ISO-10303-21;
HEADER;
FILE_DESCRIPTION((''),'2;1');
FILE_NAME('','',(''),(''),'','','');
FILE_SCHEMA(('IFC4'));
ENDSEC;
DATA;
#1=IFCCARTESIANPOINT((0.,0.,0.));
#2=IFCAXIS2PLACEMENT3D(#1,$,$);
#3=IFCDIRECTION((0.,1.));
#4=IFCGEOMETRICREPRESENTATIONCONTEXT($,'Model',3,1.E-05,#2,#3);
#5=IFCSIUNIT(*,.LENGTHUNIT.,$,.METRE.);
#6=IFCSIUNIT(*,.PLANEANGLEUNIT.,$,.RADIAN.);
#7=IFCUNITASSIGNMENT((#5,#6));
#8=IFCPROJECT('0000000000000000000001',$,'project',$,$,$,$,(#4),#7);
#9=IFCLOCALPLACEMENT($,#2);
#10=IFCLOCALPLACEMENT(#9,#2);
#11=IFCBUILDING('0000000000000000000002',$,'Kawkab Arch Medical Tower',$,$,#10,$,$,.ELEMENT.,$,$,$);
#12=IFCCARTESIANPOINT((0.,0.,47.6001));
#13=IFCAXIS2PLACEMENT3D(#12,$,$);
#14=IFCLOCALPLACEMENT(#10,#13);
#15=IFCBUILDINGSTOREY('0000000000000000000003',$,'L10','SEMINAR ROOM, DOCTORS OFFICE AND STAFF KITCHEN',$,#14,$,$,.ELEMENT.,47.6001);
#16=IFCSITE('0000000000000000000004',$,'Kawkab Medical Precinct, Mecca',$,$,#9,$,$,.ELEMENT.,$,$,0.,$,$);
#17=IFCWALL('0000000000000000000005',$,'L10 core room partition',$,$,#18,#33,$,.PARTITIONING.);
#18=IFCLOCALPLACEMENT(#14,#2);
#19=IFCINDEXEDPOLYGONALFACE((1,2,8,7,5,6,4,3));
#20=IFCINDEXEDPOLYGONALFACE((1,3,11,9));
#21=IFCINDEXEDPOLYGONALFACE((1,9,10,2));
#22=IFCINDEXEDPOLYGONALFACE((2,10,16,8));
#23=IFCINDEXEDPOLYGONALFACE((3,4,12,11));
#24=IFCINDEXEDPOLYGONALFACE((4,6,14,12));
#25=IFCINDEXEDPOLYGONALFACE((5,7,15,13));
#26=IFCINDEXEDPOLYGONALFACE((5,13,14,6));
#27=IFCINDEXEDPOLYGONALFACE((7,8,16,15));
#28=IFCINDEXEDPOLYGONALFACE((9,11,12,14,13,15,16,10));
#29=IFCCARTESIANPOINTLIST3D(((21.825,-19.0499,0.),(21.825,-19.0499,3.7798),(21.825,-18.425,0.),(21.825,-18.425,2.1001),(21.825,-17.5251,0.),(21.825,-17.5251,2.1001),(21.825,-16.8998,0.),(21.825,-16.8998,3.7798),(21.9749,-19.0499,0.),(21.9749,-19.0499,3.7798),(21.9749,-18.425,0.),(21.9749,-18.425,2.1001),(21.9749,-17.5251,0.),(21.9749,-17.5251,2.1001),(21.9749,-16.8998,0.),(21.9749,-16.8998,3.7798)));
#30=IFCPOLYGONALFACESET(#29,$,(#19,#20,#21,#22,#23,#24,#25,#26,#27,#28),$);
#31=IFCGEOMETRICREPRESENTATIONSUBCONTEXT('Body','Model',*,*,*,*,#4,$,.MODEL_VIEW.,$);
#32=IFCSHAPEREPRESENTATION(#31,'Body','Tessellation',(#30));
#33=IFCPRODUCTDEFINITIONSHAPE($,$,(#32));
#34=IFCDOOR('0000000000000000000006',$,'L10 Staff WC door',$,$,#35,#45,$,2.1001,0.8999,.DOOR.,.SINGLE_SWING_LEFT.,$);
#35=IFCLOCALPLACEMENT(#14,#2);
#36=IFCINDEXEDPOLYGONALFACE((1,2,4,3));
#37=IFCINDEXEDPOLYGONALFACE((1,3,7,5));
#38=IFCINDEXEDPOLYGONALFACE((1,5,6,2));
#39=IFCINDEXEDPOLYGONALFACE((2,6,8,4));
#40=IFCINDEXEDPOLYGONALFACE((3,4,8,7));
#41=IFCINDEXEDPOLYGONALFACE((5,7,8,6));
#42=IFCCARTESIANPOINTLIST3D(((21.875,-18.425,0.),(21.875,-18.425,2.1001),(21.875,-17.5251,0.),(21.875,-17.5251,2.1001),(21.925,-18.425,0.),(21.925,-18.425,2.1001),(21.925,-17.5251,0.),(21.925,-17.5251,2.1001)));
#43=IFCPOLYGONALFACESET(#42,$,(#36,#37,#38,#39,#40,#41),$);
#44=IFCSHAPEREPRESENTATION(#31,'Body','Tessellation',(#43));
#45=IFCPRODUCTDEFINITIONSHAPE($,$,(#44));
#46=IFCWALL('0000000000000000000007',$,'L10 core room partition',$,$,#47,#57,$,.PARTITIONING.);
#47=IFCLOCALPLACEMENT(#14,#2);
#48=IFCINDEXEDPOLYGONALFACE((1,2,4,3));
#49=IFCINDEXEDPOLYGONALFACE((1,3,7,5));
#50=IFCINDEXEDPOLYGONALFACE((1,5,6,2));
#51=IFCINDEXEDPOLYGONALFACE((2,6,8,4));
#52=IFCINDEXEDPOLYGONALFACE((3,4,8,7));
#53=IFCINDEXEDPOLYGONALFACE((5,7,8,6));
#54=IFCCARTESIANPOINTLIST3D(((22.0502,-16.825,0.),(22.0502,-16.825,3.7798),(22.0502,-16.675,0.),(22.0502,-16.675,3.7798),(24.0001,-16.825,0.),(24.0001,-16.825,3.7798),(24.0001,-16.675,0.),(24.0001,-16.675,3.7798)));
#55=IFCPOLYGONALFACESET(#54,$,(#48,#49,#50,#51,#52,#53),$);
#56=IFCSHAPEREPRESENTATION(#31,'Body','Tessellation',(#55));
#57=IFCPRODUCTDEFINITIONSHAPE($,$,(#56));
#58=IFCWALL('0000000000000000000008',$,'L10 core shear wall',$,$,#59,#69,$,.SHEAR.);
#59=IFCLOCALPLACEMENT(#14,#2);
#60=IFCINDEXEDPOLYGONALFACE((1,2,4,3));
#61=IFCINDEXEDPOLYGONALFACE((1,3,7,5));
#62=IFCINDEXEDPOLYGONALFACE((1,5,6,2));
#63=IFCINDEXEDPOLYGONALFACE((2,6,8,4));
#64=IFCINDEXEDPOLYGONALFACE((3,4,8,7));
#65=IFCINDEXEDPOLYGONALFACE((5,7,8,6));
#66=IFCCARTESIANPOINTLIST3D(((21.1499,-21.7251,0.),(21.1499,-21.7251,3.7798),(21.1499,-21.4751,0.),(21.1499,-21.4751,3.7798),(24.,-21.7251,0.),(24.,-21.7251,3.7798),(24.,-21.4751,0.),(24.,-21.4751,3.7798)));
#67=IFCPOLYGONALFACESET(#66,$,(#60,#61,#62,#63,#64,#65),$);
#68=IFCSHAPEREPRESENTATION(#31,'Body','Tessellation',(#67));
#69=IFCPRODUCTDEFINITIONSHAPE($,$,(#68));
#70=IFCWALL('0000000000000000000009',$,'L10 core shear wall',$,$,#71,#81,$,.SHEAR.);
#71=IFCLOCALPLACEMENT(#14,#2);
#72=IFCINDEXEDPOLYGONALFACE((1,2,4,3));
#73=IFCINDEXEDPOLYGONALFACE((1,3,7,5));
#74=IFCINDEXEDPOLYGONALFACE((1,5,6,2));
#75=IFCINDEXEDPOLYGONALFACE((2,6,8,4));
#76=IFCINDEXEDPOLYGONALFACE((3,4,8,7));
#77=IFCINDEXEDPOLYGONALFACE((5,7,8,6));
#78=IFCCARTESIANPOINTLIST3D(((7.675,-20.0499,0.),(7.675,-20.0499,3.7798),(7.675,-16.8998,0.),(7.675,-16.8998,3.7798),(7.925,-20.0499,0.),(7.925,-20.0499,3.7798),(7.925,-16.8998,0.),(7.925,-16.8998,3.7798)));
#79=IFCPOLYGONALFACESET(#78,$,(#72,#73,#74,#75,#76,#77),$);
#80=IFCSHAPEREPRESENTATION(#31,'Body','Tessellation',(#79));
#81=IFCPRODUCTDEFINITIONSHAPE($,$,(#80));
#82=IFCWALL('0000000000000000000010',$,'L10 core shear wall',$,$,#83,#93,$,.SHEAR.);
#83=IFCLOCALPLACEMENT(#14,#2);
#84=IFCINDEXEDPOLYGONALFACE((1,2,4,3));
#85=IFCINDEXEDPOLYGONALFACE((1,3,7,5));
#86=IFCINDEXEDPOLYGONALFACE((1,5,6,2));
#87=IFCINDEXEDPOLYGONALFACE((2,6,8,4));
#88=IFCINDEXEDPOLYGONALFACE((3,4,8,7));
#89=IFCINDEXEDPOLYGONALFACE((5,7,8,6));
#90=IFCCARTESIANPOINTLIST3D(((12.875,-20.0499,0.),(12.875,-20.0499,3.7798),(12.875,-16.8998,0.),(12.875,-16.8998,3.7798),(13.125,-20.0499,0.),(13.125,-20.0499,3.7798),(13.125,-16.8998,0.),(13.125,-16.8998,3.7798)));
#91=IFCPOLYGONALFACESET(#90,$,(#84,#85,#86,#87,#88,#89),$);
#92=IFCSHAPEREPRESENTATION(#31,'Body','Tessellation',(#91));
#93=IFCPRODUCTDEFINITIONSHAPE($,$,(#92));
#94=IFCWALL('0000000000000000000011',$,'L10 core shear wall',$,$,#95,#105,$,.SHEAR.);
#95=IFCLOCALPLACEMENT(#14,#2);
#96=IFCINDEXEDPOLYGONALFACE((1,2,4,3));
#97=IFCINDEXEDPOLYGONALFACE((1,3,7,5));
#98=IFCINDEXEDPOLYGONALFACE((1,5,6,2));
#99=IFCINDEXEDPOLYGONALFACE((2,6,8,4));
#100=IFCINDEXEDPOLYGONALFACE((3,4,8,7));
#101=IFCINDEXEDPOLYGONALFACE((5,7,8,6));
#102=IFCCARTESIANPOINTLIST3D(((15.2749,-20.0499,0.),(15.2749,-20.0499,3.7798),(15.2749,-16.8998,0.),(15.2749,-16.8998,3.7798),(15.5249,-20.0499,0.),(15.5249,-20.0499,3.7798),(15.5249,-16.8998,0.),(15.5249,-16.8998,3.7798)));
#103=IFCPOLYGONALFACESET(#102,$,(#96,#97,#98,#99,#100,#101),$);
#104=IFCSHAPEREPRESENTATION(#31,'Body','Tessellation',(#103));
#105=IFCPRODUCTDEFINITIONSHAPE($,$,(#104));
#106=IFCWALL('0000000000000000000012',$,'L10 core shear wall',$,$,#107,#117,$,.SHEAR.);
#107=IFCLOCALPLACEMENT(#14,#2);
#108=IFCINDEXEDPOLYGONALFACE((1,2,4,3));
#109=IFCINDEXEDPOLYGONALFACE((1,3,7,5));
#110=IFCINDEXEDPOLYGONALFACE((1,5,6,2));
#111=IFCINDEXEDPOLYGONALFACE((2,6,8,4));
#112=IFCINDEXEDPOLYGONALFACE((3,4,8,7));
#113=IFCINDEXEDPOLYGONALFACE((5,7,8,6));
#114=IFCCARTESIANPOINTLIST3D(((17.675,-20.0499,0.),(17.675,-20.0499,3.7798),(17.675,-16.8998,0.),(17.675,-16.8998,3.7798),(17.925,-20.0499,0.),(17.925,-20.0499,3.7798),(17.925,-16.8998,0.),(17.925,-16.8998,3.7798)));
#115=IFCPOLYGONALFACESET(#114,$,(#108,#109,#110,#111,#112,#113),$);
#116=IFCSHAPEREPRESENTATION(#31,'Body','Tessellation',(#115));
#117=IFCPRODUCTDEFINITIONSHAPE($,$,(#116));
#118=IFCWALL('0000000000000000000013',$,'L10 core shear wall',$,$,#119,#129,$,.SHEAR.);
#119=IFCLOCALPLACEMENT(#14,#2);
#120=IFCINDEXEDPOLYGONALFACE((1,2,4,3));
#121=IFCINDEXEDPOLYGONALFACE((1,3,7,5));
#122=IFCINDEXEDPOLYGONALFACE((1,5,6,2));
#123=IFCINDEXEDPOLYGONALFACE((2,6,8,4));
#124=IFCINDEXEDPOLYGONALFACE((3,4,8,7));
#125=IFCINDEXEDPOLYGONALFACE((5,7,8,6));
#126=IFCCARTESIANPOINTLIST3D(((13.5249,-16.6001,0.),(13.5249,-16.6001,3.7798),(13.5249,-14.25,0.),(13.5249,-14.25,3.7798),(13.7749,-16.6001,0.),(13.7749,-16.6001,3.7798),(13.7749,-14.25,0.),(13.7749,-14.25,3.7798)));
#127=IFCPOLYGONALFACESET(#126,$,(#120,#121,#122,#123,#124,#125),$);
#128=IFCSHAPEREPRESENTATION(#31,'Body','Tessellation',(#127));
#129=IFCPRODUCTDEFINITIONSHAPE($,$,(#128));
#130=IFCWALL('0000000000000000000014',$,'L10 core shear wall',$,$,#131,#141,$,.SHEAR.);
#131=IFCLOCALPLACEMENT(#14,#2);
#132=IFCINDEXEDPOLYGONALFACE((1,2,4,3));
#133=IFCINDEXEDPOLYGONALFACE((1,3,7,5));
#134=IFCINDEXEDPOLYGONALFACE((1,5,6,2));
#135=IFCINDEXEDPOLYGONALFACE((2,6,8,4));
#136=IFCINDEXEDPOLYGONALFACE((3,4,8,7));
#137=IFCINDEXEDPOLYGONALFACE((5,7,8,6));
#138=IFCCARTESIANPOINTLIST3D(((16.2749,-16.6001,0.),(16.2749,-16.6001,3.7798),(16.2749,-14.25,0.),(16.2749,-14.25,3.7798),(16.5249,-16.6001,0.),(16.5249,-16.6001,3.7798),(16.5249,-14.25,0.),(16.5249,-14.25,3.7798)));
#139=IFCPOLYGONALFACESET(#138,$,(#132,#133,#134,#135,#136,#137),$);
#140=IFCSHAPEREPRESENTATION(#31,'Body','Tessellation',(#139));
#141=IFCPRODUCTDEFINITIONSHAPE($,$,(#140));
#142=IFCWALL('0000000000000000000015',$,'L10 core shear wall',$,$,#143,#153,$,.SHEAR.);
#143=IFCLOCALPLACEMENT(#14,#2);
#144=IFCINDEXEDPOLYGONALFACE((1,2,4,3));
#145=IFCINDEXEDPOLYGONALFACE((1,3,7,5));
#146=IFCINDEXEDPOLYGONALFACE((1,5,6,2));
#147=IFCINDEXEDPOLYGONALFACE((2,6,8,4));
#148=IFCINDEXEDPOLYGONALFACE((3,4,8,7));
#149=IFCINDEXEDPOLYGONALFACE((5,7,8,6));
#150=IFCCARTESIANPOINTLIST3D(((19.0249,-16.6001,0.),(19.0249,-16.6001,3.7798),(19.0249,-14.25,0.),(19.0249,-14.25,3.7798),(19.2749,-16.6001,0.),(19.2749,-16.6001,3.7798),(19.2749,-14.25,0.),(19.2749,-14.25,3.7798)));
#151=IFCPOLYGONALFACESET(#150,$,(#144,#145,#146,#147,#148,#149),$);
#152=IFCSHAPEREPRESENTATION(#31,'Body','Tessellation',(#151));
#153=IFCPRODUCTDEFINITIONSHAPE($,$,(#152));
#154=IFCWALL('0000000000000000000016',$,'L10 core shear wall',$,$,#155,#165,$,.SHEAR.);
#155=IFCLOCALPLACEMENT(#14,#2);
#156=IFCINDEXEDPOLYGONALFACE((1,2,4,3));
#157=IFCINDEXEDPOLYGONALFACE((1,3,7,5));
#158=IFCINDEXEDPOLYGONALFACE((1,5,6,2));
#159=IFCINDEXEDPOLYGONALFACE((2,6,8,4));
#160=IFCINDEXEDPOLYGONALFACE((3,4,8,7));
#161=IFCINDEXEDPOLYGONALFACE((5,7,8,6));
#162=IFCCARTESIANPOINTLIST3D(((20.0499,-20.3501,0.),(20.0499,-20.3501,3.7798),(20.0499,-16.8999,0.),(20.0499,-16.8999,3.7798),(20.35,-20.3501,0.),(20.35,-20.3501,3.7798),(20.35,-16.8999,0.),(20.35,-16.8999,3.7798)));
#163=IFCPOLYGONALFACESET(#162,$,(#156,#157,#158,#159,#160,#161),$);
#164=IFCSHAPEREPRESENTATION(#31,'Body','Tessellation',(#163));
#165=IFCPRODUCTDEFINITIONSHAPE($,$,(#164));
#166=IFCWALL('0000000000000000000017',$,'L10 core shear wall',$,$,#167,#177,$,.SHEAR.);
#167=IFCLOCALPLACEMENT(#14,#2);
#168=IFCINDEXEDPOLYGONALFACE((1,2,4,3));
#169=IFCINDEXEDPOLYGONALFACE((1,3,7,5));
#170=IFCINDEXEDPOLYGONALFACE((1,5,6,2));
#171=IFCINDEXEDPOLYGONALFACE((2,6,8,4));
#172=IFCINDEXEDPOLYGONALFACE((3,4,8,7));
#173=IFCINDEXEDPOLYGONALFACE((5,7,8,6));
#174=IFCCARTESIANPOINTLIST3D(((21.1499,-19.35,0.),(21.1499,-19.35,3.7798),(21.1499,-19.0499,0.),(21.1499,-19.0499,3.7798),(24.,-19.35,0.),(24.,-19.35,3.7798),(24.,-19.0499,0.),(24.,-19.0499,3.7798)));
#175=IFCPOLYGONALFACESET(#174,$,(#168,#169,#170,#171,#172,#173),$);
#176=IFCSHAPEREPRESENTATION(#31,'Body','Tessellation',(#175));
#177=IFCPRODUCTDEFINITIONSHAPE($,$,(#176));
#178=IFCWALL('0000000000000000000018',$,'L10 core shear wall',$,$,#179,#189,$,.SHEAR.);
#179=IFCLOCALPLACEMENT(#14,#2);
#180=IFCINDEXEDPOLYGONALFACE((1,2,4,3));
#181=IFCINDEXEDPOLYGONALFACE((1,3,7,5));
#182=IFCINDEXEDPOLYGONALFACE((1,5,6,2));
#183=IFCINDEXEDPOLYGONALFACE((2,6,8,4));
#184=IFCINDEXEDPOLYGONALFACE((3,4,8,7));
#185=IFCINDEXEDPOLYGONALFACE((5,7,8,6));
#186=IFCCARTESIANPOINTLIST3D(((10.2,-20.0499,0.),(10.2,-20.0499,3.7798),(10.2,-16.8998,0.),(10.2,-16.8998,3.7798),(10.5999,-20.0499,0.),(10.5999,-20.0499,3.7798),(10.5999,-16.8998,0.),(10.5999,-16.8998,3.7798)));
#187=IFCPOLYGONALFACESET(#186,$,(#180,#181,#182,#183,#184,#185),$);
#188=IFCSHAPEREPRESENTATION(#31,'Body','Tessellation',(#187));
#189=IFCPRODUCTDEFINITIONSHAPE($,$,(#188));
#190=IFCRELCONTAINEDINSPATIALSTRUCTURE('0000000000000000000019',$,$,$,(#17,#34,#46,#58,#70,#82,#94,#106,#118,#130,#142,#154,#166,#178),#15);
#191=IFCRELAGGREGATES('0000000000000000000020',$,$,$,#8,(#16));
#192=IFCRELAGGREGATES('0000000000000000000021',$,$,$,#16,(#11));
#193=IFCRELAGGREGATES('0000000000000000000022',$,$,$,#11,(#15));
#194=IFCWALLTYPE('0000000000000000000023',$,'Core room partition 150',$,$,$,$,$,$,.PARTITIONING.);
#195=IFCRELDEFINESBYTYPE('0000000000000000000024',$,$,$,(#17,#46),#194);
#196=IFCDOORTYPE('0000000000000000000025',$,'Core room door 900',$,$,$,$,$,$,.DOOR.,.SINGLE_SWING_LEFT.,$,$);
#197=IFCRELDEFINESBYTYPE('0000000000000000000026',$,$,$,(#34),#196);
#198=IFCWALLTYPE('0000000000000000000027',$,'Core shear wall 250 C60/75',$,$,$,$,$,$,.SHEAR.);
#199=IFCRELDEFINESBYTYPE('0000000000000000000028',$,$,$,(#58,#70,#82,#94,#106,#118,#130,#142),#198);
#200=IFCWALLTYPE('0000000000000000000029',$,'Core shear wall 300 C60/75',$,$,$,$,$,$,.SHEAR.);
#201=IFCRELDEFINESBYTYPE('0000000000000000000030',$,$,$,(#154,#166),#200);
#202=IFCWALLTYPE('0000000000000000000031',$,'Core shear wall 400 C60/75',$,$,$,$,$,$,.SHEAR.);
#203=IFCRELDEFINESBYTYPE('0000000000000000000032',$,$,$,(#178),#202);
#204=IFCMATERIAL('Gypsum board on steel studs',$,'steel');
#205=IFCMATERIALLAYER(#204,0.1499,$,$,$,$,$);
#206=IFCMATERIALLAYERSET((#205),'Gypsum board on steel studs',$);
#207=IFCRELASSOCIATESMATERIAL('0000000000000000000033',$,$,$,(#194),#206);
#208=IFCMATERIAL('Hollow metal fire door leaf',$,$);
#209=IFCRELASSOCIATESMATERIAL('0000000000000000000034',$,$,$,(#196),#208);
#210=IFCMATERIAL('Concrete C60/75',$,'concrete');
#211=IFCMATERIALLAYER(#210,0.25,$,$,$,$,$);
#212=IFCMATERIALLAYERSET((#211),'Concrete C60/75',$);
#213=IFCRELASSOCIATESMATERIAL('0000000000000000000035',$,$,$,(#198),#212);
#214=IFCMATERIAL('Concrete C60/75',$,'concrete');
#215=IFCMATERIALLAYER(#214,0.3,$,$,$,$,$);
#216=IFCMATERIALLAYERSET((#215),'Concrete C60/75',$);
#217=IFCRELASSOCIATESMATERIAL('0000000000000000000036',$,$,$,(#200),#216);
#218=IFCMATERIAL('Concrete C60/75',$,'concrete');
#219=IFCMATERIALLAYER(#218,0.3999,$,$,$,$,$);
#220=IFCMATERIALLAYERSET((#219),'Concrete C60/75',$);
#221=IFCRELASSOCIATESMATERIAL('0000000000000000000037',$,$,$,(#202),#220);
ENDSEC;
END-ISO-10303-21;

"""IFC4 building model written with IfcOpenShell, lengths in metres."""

from ifc_helpers import new_model, si_unit, direction, frame, frame_2d, origin, place, context, subcontext, project, spatial, rectangle, extrude, material, layer, layer_set, type_object, element, fill, save


model = new_model("IFC4")

# Units and contexts
model_context = context("Model", 3, precision=1e-05, world=origin(), true_north=direction((0.0, 1.0)))
body_context = subcontext(model_context, "Body", "Model", "MODEL_VIEW")
ifc_project = project(units=[si_unit("LENGTHUNIT", "METRE"), si_unit("PLANEANGLEUNIT", "RADIAN")], contexts=[model_context])

# Site, building, storey
site_placement = place(None, origin())
site = spatial("IfcSite", under=ifc_project, at=site_placement, Name="Kawkab Medical Precinct, Mecca", CompositionType="ELEMENT", RefElevation=0.0)
building_placement = place(site_placement, origin())
building = spatial("IfcBuilding", under=site, at=building_placement, Name="Kawkab Arch Medical Tower", CompositionType="ELEMENT")
storey_placement = place(building_placement, frame((0.0, 0.0, 47.6001)))
storey = spatial("IfcBuildingStorey", under=building, at=storey_placement, Name="L10", Description="SEMINAR ROOM, DOCTORS OFFICE AND STAFF KITCHEN", CompositionType="ELEMENT", Elevation=47.6001)

# Wall, opening, door
ifc_material_1 = material(Name="Gypsum board on steel studs", Category="steel")
ifc_layer_1 = layer(ifc_material_1, 0.1499)
ifc_layer_set_1 = layer_set([ifc_layer_1], Name="Gypsum board on steel studs")
wall_type_1 = type_object("IfcWallType", Name="Core room partition 150", PredefinedType="PARTITIONING", material=ifc_layer_set_1)
wall_1_placement = place(storey_placement, frame((21.8999, -19.05, 0.0), z_axis=(0.0, 0.0, 1.0), x_axis=(0.0, 1.0, 0.0)))
wall_1 = element("IfcWall", 1, at=wall_1_placement, inside=storey, type_object=wall_type_1, Name="L10 core room partition", PredefinedType="PARTITIONING", context=body_context, shape_type="SweptSolid", body=[
    extrude(rectangle(XDim=2.1501, YDim=0.1499, at=frame_2d((1.0752, 0.0))), origin(), (0.0, 0.0, 1.0), 3.7798),
])
opening_placement = place(wall_1_placement, frame((0.625, 0.0, 0.0)))
opening = element("IfcOpeningElement", 2, at=opening_placement, cuts=wall_1, PredefinedType="OPENING", context=body_context, shape_type="SweptSolid", body=[
    extrude(rectangle(XDim=0.8999, YDim=2.1001, at=frame_2d((0.45, 1.05))), frame((0.0, 0.085, 0.0), z_axis=(0.0, -1.0, 0.0), x_axis=(1.0, 0.0, 0.0)), (0.0, 0.0, 1.0), 0.1699),
])
ifc_material_2 = material(Name="Hollow metal fire door leaf")
door_type = type_object("IfcDoorType", Name="Core room door 900", OperationType="SINGLE_SWING_LEFT", PredefinedType="DOOR", material=ifc_material_2)
door_placement = place(opening_placement, origin())
door = element("IfcDoor", 3, at=door_placement, inside=storey, type_object=door_type, Name="L10 Staff WC door", OperationType="SINGLE_SWING_LEFT", OverallHeight=2.1001, OverallWidth=0.8999, PredefinedType="DOOR", context=body_context, shape_type="SweptSolid", body=[
    extrude(rectangle(XDim=0.8999, YDim=2.1001, at=frame_2d((0.45, 1.05))), frame((0.0, 0.0249, 0.0), z_axis=(0.0, -1.0, 0.0), x_axis=(1.0, 0.0, 0.0)), (0.0, 0.0, 1.0), 0.05),
])
fill(opening, door)

# Walls
wall_2_placement = place(storey_placement, frame((22.05, -16.75, 0.0), z_axis=(0.0, 0.0, 1.0), x_axis=(1.0, 0.0, 0.0)))
element("IfcWall", 4, at=wall_2_placement, inside=storey, type_object=wall_type_1, Name="L10 core room partition", PredefinedType="PARTITIONING", context=body_context, shape_type="SweptSolid", body=[
    extrude(rectangle(XDim=1.95, YDim=0.1499, at=frame_2d((0.9751, 0.0))), origin(), (0.0, 0.0, 1.0), 3.7798),
])
ifc_material_3 = material(Name="Concrete C60/75", Category="concrete")
ifc_layer_2 = layer(ifc_material_3, 0.25)
ifc_layer_set_2 = layer_set([ifc_layer_2], Name="Concrete C60/75")
wall_type_2 = type_object("IfcWallType", Name="Core shear wall 250 C60/75", PredefinedType="SHEAR", material=ifc_layer_set_2)
wall_3_placement = place(storey_placement, frame((21.1499, -21.6001, 0.0), z_axis=(0.0, 0.0, 1.0), x_axis=(1.0, 0.0, 0.0)))
element("IfcWall", 5, at=wall_3_placement, inside=storey, type_object=wall_type_2, Name="L10 core shear wall", PredefinedType="SHEAR", context=body_context, shape_type="SweptSolid", body=[
    extrude(rectangle(XDim=2.8501, YDim=0.25, at=frame_2d((1.425, 0.0))), origin(), (0.0, 0.0, 1.0), 3.7798),
])
for number, where, z_axis, x_axis, name in (
    (6, (7.8, -20.05, 0.0), (0.0, 0.0, 1.0), (0.0, 1.0, 0.0), "L10 core shear wall"),
    (7, (13.0, -20.05, 0.0), (0.0, 0.0, 1.0), (0.0, 1.0, 0.0), "L10 core shear wall"),
    (8, (15.3999, -20.05, 0.0), (0.0, 0.0, 1.0), (0.0, 1.0, 0.0), "L10 core shear wall"),
    (9, (17.8, -20.05, 0.0), (0.0, 0.0, 1.0), (0.0, 1.0, 0.0), "L10 core shear wall"),
):
    element("IfcWall", number, at=place(storey_placement, frame(where, z_axis=z_axis, x_axis=x_axis)), inside=storey, type_object=wall_type_2, Name=name, PredefinedType="SHEAR", context=body_context, shape_type="SweptSolid", body=[
        extrude(rectangle(XDim=3.1501, YDim=0.25, at=frame_2d((1.5752, 0.0))), origin(), (0.0, 0.0, 1.0), 3.7798),
    ])
for number, where, z_axis, x_axis, name in (
    (10, (13.6499, -16.6001, 0.0), (0.0, 0.0, 1.0), (0.0, 1.0, 0.0), "L10 core shear wall"),
    (11, (16.3999, -16.6001, 0.0), (0.0, 0.0, 1.0), (0.0, 1.0, 0.0), "L10 core shear wall"),
    (12, (19.1499, -16.6001, 0.0), (0.0, 0.0, 1.0), (0.0, 1.0, 0.0), "L10 core shear wall"),
):
    element("IfcWall", number, at=place(storey_placement, frame(where, z_axis=z_axis, x_axis=x_axis)), inside=storey, type_object=wall_type_2, Name=name, PredefinedType="SHEAR", context=body_context, shape_type="SweptSolid", body=[
        extrude(rectangle(XDim=2.3501, YDim=0.25, at=frame_2d((1.175, 0.0))), origin(), (0.0, 0.0, 1.0), 3.7798),
    ])
ifc_material_4 = material(Name="Concrete C60/75", Category="concrete")
ifc_layer_3 = layer(ifc_material_4, 0.3)
ifc_layer_set_3 = layer_set([ifc_layer_3], Name="Concrete C60/75")
wall_type_3 = type_object("IfcWallType", Name="Core shear wall 300 C60/75", PredefinedType="SHEAR", material=ifc_layer_set_3)
wall_4_placement = place(storey_placement, frame((20.2, -20.3501, 0.0), z_axis=(0.0, 0.0, 1.0), x_axis=(0.0, 1.0, 0.0)))
element("IfcWall", 13, at=wall_4_placement, inside=storey, type_object=wall_type_3, Name="L10 core shear wall", PredefinedType="SHEAR", context=body_context, shape_type="SweptSolid", body=[
    extrude(rectangle(XDim=3.4502, YDim=0.3, at=frame_2d((1.7251, 0.0))), origin(), (0.0, 0.0, 1.0), 3.7798),
])
wall_5_placement = place(storey_placement, frame((21.1499, -19.2, 0.0), z_axis=(0.0, 0.0, 1.0), x_axis=(1.0, 0.0, 0.0)))
element("IfcWall", 14, at=wall_5_placement, inside=storey, type_object=wall_type_3, Name="L10 core shear wall", PredefinedType="SHEAR", context=body_context, shape_type="SweptSolid", body=[
    extrude(rectangle(XDim=2.8501, YDim=0.3, at=frame_2d((1.425, 0.0))), origin(), (0.0, 0.0, 1.0), 3.7798),
])
ifc_material_5 = material(Name="Concrete C60/75", Category="concrete")
ifc_layer_4 = layer(ifc_material_5, 0.3999)
ifc_layer_set_4 = layer_set([ifc_layer_4], Name="Concrete C60/75")
wall_type_4 = type_object("IfcWallType", Name="Core shear wall 400 C60/75", PredefinedType="SHEAR", material=ifc_layer_set_4)
wall_6_placement = place(storey_placement, frame((10.3999, -20.05, 0.0), z_axis=(0.0, 0.0, 1.0), x_axis=(0.0, 1.0, 0.0)))
element("IfcWall", 15, at=wall_6_placement, inside=storey, type_object=wall_type_4, Name="L10 core shear wall", PredefinedType="SHEAR", context=body_context, shape_type="SweptSolid", body=[
    extrude(rectangle(XDim=3.1501, YDim=0.3999, at=frame_2d((1.5752, 0.0))), origin(), (0.0, 0.0, 1.0), 3.7798),
])

save(model, "model.ifc")
